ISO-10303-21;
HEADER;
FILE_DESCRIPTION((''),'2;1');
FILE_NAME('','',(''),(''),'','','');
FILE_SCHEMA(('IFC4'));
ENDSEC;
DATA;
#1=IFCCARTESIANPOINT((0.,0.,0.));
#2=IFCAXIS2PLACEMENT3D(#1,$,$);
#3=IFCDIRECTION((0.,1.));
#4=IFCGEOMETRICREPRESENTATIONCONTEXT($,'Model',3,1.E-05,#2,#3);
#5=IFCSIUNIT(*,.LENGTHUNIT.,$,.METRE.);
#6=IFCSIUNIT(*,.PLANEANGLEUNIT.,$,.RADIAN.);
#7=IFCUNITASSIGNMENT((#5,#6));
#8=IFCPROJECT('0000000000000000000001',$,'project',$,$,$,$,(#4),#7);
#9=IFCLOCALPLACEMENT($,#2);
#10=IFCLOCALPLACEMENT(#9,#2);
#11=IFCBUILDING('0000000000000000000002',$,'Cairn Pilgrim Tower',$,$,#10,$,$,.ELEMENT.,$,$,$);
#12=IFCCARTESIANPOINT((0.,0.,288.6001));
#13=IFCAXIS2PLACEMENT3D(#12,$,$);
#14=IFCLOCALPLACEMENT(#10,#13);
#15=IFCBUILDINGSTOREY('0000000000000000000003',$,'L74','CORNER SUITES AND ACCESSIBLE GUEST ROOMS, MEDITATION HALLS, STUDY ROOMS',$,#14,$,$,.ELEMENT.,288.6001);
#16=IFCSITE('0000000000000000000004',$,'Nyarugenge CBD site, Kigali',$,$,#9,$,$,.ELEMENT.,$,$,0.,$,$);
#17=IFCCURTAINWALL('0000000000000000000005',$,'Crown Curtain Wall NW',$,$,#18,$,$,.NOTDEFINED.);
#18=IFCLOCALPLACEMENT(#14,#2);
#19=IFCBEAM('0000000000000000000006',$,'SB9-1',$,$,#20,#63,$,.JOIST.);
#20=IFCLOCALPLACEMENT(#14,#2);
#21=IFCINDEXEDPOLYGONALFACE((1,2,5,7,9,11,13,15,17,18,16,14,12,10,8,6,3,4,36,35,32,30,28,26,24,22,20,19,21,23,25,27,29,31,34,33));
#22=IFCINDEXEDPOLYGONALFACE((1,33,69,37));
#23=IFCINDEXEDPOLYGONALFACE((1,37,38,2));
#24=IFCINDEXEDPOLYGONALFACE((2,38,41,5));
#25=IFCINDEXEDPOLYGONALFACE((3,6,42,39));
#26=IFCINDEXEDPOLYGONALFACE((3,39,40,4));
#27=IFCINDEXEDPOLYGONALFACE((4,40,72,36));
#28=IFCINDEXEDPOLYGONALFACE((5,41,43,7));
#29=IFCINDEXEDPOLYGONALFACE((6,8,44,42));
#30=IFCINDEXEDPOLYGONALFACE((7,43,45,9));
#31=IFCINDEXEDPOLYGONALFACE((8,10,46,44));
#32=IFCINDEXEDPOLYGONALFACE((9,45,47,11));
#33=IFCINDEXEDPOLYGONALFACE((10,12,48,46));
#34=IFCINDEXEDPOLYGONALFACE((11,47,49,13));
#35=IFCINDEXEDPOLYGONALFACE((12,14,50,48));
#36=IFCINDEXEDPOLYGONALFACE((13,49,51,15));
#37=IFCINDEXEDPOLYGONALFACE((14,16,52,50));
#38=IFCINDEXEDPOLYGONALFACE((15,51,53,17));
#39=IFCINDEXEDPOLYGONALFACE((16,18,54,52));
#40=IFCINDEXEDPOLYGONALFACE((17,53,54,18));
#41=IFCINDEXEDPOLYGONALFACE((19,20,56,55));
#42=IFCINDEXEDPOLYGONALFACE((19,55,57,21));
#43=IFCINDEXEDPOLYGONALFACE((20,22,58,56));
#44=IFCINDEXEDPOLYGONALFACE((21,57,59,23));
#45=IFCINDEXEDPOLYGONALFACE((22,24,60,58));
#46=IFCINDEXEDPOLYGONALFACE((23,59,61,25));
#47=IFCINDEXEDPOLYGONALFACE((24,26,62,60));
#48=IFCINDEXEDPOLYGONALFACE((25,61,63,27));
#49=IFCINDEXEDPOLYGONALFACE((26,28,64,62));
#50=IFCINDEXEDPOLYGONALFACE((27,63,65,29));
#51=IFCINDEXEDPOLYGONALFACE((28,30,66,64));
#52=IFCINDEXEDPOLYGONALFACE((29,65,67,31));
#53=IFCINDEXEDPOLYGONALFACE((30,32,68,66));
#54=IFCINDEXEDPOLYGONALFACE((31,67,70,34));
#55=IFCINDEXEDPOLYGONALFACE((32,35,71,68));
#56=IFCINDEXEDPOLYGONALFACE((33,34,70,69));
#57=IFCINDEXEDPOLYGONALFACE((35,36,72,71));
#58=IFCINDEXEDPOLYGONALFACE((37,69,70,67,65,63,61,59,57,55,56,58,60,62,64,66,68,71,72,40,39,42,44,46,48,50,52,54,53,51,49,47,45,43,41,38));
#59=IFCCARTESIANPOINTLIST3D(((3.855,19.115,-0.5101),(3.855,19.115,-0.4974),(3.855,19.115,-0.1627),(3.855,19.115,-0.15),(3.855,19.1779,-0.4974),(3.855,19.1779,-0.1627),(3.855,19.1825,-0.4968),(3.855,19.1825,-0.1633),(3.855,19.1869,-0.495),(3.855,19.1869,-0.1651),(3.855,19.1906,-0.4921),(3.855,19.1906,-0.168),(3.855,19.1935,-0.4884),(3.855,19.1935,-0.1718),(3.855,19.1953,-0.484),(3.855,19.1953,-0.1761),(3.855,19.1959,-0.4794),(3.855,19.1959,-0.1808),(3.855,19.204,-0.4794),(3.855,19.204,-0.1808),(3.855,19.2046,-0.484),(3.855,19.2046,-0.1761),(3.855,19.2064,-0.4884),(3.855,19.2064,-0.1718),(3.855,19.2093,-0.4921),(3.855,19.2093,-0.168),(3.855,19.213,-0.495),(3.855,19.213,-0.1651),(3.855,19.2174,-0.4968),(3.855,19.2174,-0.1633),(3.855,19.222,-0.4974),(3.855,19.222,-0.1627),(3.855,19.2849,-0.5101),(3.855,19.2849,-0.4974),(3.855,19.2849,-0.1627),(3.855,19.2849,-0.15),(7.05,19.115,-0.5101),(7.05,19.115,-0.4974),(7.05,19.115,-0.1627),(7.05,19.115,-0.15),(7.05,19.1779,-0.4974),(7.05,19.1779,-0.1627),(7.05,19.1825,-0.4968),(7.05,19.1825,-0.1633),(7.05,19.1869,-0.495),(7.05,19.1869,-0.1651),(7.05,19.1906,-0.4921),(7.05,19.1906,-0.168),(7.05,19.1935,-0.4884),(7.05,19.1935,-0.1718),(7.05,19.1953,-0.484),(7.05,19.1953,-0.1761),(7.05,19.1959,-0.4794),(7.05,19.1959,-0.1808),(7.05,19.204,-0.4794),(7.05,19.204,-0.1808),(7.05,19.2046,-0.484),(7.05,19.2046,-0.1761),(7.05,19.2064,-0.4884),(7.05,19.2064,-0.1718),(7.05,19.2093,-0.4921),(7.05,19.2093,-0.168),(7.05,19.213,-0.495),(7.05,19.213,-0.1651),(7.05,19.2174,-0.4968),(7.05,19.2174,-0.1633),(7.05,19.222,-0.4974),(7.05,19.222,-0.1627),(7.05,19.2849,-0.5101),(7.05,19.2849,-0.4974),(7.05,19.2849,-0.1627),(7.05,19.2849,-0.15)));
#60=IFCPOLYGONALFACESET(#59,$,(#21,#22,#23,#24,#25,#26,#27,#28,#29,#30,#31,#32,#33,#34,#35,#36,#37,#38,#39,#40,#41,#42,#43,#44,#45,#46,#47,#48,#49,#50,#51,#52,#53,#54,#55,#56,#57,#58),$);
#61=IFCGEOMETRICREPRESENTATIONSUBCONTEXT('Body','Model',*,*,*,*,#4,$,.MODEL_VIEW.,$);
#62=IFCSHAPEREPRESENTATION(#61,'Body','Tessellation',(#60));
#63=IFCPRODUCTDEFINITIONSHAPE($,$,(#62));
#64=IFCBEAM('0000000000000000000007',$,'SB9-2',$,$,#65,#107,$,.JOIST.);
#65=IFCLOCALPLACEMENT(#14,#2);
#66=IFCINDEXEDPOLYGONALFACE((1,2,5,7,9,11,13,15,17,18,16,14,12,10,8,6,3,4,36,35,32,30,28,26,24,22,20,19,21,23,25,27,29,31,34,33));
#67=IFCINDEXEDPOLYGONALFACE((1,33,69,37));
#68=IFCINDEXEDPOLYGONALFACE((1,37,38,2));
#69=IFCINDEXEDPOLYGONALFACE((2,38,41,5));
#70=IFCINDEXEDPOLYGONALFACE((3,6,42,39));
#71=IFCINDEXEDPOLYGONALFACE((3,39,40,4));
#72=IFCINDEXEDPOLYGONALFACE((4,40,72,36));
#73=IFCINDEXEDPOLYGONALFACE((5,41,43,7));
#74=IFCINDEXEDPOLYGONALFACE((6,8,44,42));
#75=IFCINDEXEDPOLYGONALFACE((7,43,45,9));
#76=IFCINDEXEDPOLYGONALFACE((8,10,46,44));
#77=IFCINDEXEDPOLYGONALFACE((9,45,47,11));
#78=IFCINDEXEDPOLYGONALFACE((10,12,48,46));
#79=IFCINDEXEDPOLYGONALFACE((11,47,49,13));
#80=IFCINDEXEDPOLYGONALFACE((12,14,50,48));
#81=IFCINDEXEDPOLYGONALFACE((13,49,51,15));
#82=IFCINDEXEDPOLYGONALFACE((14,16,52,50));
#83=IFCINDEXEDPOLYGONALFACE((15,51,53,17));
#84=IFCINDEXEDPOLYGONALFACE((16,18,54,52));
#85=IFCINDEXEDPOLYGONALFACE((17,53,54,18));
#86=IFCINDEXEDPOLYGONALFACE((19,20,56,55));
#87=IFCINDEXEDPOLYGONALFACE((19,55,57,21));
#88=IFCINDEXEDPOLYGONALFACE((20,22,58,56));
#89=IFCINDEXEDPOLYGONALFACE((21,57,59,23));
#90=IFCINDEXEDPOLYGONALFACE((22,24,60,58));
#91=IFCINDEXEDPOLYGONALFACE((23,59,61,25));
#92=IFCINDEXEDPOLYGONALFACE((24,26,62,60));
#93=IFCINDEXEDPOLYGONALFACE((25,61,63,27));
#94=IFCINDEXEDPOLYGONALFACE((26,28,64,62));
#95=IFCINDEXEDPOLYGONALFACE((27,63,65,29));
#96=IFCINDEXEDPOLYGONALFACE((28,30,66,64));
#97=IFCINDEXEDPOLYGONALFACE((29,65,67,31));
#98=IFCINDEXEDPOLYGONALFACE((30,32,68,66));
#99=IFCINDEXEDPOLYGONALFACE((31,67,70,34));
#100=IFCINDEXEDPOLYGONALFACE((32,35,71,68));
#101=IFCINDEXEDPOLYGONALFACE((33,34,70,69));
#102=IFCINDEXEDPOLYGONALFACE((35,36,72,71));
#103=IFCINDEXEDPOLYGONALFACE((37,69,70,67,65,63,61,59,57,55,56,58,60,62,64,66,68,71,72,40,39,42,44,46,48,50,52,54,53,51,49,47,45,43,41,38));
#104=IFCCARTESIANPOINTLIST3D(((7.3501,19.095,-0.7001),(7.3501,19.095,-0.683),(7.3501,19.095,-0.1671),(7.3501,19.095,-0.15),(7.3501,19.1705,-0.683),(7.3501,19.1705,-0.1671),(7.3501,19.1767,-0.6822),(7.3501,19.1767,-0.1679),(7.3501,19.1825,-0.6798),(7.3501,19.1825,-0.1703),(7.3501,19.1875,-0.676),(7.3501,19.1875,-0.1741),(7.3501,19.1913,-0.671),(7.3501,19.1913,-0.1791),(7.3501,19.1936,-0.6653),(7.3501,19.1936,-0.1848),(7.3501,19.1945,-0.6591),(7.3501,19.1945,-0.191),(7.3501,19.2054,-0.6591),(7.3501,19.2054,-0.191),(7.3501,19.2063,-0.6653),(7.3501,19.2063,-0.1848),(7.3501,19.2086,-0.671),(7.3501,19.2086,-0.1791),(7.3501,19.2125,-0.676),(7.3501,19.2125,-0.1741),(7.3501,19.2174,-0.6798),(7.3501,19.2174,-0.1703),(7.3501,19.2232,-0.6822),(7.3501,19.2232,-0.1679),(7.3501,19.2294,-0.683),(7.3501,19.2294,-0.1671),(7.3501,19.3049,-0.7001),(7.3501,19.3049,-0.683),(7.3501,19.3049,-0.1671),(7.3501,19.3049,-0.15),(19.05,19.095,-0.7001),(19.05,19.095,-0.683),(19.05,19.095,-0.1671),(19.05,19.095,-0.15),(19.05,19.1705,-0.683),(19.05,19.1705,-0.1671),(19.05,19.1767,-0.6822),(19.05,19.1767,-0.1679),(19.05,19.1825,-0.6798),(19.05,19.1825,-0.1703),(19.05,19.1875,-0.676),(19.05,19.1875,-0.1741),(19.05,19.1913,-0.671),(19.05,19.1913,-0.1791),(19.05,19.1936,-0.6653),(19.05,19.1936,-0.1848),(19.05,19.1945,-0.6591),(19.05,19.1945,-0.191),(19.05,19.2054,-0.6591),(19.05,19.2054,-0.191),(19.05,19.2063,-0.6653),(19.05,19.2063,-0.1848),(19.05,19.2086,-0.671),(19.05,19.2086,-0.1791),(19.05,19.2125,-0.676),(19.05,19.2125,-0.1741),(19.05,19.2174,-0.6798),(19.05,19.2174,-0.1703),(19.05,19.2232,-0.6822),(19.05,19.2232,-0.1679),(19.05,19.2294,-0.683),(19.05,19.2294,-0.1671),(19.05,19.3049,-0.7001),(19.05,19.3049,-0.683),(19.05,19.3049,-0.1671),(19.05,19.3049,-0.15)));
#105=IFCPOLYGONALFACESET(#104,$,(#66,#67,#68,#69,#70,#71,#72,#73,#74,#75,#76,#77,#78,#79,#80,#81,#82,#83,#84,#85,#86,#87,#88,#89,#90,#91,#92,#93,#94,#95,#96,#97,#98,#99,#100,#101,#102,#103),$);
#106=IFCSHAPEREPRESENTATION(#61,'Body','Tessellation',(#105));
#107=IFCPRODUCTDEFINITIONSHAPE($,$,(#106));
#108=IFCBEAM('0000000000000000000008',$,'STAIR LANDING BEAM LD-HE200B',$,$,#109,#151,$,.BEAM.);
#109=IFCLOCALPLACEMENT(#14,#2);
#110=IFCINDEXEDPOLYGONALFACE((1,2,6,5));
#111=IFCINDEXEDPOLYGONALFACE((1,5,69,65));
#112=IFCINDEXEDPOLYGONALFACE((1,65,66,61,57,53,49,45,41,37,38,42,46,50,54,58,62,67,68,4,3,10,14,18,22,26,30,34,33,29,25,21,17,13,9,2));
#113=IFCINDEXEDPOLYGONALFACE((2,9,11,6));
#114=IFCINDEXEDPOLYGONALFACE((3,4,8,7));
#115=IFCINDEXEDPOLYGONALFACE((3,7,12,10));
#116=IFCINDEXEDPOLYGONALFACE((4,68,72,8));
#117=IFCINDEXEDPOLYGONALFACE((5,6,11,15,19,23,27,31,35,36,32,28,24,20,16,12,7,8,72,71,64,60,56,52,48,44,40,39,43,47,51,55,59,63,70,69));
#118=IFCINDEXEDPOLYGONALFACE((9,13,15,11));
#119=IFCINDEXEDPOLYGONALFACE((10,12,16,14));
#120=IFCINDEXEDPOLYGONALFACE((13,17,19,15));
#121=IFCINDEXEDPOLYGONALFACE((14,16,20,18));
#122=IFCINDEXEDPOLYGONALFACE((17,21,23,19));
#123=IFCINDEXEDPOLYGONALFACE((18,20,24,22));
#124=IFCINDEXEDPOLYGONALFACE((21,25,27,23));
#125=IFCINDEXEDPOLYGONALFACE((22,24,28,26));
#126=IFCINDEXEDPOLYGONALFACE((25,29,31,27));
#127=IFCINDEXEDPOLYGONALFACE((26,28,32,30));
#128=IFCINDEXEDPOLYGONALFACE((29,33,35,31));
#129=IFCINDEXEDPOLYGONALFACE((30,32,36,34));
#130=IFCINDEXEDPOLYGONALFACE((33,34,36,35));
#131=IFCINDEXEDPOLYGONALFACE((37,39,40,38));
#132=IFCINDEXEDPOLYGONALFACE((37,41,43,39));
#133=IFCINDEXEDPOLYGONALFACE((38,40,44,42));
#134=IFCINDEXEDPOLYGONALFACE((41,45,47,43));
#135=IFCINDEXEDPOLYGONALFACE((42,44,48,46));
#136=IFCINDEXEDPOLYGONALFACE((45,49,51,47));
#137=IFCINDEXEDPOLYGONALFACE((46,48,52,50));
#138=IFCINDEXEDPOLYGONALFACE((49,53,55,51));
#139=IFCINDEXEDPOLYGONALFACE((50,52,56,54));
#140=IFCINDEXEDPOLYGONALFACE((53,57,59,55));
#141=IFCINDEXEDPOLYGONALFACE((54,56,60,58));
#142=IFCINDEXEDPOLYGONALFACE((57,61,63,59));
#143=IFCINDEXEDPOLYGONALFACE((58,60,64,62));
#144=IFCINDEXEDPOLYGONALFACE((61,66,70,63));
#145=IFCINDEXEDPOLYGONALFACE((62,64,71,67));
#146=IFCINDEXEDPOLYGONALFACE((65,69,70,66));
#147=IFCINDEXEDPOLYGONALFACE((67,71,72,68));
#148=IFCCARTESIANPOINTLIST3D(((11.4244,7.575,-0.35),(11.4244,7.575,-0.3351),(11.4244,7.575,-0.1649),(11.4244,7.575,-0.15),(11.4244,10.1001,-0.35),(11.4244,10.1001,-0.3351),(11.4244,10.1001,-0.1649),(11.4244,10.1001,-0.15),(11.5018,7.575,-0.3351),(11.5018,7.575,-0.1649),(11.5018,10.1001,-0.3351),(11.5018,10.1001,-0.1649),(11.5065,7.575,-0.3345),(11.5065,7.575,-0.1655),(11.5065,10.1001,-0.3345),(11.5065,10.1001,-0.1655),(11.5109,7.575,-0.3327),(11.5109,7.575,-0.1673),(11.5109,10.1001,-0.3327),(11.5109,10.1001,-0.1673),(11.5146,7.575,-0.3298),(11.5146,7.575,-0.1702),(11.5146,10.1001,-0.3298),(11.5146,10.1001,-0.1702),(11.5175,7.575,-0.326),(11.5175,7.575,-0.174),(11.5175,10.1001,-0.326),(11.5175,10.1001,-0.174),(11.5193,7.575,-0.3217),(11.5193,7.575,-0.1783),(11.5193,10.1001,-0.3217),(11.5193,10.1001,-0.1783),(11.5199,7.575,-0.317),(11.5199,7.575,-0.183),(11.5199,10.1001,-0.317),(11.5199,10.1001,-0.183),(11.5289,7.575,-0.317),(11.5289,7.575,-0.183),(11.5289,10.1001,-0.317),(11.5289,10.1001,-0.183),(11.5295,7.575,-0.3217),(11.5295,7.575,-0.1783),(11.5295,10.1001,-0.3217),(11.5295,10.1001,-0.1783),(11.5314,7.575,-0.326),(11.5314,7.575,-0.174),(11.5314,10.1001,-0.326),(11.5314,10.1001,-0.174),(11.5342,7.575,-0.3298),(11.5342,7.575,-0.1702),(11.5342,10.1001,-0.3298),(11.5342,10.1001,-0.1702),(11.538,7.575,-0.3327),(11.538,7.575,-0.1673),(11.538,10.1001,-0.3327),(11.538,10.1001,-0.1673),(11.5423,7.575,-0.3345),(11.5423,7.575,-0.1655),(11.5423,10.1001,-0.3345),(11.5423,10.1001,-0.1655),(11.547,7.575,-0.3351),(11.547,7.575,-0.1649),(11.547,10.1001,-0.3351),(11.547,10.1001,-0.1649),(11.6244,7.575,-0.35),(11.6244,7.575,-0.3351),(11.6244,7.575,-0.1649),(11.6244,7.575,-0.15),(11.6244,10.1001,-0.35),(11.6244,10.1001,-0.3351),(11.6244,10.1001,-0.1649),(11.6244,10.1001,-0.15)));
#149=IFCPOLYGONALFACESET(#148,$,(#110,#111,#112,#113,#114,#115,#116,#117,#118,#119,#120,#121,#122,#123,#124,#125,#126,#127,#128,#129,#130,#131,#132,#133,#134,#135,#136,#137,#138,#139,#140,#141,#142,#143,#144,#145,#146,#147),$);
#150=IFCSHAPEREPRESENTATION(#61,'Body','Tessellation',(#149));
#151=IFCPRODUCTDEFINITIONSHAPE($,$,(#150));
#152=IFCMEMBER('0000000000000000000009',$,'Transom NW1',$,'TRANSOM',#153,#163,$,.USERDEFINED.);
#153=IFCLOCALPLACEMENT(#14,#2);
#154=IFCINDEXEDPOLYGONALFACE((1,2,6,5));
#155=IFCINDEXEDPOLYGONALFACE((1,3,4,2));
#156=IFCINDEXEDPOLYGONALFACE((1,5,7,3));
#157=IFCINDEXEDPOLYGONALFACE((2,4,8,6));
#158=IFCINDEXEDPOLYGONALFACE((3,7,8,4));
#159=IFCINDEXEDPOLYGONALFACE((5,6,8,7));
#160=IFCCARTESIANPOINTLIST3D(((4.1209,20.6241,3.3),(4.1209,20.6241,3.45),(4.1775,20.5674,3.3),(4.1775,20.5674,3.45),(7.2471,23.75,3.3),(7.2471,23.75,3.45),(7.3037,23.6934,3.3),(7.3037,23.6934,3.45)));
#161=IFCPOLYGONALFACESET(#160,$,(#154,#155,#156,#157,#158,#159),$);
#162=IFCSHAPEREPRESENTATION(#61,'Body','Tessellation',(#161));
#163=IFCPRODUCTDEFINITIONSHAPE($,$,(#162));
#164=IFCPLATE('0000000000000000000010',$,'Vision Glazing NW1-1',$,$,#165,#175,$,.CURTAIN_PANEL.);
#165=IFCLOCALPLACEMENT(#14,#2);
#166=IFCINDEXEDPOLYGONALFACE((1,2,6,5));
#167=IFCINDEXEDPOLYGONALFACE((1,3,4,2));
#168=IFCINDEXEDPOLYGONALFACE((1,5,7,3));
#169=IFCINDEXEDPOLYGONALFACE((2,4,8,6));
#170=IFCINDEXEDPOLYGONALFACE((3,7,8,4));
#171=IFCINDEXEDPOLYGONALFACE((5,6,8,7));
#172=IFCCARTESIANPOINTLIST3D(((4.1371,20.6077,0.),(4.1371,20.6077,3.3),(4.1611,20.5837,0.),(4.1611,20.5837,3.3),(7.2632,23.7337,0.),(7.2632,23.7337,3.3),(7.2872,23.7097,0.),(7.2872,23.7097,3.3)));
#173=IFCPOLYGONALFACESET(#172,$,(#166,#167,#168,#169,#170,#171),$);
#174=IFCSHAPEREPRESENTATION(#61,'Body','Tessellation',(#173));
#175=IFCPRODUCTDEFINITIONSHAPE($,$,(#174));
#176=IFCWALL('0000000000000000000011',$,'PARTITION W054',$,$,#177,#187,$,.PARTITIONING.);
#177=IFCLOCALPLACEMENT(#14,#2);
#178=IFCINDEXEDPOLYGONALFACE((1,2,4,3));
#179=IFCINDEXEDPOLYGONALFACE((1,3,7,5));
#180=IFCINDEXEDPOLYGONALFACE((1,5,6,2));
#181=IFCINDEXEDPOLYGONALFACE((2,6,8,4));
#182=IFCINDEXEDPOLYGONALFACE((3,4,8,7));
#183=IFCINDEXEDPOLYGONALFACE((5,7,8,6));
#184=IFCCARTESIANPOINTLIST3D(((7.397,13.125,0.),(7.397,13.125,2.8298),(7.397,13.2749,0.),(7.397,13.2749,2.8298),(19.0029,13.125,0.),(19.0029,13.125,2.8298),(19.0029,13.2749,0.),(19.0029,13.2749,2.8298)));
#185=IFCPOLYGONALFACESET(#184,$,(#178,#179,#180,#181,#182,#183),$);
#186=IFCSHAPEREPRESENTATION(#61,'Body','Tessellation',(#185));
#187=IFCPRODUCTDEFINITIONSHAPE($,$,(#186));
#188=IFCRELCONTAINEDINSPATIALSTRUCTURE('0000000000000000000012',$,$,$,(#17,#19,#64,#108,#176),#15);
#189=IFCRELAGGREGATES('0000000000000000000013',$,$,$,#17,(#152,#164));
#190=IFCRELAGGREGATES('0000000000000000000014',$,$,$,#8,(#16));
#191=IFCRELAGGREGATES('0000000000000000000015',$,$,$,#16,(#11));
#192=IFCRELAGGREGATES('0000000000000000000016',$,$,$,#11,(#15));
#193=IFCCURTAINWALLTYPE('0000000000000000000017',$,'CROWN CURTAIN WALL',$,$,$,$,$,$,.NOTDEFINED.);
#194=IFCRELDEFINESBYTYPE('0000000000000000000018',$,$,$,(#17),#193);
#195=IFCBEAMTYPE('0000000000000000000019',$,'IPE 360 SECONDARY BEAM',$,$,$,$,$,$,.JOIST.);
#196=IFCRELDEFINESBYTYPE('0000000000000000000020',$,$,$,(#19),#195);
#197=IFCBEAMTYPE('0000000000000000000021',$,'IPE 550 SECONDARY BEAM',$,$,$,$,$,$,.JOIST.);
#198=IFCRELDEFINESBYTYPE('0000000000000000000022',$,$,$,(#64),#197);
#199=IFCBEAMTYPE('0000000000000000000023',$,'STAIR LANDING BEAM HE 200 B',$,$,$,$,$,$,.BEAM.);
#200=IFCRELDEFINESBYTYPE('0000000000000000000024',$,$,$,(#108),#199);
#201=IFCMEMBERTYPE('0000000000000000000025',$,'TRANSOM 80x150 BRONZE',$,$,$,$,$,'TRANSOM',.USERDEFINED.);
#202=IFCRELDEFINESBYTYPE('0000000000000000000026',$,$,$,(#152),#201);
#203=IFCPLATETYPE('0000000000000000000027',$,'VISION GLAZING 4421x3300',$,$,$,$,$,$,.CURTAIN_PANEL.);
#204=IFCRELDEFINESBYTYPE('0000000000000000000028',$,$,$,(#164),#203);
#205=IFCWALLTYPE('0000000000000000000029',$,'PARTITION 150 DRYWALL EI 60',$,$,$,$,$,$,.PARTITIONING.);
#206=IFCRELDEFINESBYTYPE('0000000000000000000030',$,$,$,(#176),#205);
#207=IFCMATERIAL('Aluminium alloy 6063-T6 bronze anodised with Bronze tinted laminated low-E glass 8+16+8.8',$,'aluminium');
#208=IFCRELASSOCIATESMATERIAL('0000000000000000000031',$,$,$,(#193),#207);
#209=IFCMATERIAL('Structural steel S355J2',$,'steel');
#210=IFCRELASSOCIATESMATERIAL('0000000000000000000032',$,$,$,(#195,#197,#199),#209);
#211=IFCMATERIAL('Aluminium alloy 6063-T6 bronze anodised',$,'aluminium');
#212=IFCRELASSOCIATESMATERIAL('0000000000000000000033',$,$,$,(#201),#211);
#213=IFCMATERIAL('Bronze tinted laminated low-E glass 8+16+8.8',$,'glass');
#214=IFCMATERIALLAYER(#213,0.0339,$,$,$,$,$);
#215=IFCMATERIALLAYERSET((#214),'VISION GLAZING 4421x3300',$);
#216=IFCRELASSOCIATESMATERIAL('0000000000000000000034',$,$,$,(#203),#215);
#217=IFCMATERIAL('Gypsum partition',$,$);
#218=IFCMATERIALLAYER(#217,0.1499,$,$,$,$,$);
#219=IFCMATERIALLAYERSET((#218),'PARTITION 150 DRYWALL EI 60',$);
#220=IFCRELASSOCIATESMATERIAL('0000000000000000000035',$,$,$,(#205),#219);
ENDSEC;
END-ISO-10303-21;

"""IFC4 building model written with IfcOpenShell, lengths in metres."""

from ifc_helpers import new_model, si_unit, direction, frame, frame_2d, origin, origin_2d, place, context, subcontext, project, spatial, rectangle, i_section, extrude, material, layer, layer_set, material_profile, profile_set, type_object, element, aggregate, save


model = new_model("IFC4")

# Units and contexts
model_context = context("Model", 3, precision=1e-05, world=origin(), true_north=direction((0.0, 1.0)))
body_context = subcontext(model_context, "Body", "Model", "MODEL_VIEW")
ifc_project = project(units=[si_unit("LENGTHUNIT", "METRE"), si_unit("PLANEANGLEUNIT", "RADIAN")], contexts=[model_context])

# Site, building, storey
site_placement = place(None, origin())
site = spatial("IfcSite", under=ifc_project, at=site_placement, Name="Nyarugenge CBD site, Kigali", CompositionType="ELEMENT", RefElevation=0.0)
building_placement = place(site_placement, origin())
building = spatial("IfcBuilding", under=site, at=building_placement, Name="Cairn Pilgrim Tower", CompositionType="ELEMENT")
storey_placement = place(building_placement, frame((0.0, 0.0, 288.6001)))
storey = spatial("IfcBuildingStorey", under=building, at=storey_placement, Name="L74", Description="CORNER SUITES AND ACCESSIBLE GUEST ROOMS, MEDITATION HALLS, STUDY ROOMS", CompositionType="ELEMENT", Elevation=288.6001)

# Shared definitions
ifc_material_1 = material(Name="Structural steel S355J2", Category="steel")

# Curtain wall
ifc_material_2 = material(Name="Aluminium alloy 6063-T6 bronze anodised with Bronze tinted laminated low-E glass 8+16+8.8", Category="aluminium")
curtain_wall_type = type_object("IfcCurtainWallType", Name="CROWN CURTAIN WALL", PredefinedType="NOTDEFINED", material=ifc_material_2)
curtain_wall_placement = place(storey_placement, origin())
curtain_wall = element("IfcCurtainWall", 1, at=curtain_wall_placement, inside=storey, type_object=curtain_wall_type, Name="Crown Curtain Wall NW", PredefinedType="NOTDEFINED")
ifc_material_3 = material(Name="Aluminium alloy 6063-T6 bronze anodised", Category="aluminium")

# Beams
ifc_material_profile_1 = material_profile(ifc_material_1, i_section(OverallWidth=0.1699, OverallDepth=0.3601, WebThickness=0.0081, FlangeThickness=0.0127, FilletRadius=0.0181, at=origin_2d()), Name="IPE 360")
ifc_profile_set_1 = profile_set([ifc_material_profile_1], Name="Structural steel S355J2")
beam_type_1 = type_object("IfcBeamType", Name="IPE 360 SECONDARY BEAM", PredefinedType="JOIST", material=ifc_profile_set_1)
beam_1_placement = place(storey_placement, frame((3.855, 19.2, -0.3301), z_axis=(1.0, 0.0, 0.0), x_axis=(0.0, 1.0, 0.0)))
element("IfcBeam", 2, at=beam_1_placement, inside=storey, type_object=beam_type_1, Name="SB9-1", PredefinedType="JOIST", context=body_context, shape_type="SweptSolid", body=[
    extrude(i_section(OverallWidth=0.1699, OverallDepth=0.3601, WebThickness=0.0081, FlangeThickness=0.0127, FilletRadius=0.0181, at=origin_2d()), origin(), (0.0, 0.0, 1.0), 3.1951),
])
ifc_material_profile_2 = material_profile(ifc_material_1, i_section(OverallWidth=0.21, OverallDepth=0.55, WebThickness=0.011, FlangeThickness=0.0171, FilletRadius=0.0239, at=origin_2d()), Name="IPE 550")
ifc_profile_set_2 = profile_set([ifc_material_profile_2], Name="Structural steel S355J2")
beam_type_2 = type_object("IfcBeamType", Name="IPE 550 SECONDARY BEAM", PredefinedType="JOIST", material=ifc_profile_set_2)
beam_2_placement = place(storey_placement, frame((7.3501, 19.2, -0.425), z_axis=(1.0, 0.0, 0.0), x_axis=(0.0, 1.0, 0.0)))
element("IfcBeam", 3, at=beam_2_placement, inside=storey, type_object=beam_type_2, Name="SB9-2", PredefinedType="JOIST", context=body_context, shape_type="SweptSolid", body=[
    extrude(i_section(OverallWidth=0.21, OverallDepth=0.55, WebThickness=0.011, FlangeThickness=0.0171, FilletRadius=0.0239, at=origin_2d()), origin(), (0.0, 0.0, 1.0), 11.7),
])
ifc_material_profile_3 = material_profile(ifc_material_1, i_section(OverallWidth=0.2, OverallDepth=0.2, WebThickness=0.009, FlangeThickness=0.0149, FilletRadius=0.0181, at=origin_2d()), Name="HE 200 B")
ifc_profile_set_3 = profile_set([ifc_material_profile_3], Name="Structural steel S355J2")
beam_type_3 = type_object("IfcBeamType", Name="STAIR LANDING BEAM HE 200 B", PredefinedType="BEAM", material=ifc_profile_set_3)
beam_3_placement = place(storey_placement, frame((11.5244, 10.1001, -0.25), z_axis=(0.0, -1.0, 0.0), x_axis=(1.0, 0.0, 0.0)))
element("IfcBeam", 4, at=beam_3_placement, inside=storey, type_object=beam_type_3, Name="STAIR LANDING BEAM LD-HE200B", PredefinedType="BEAM", context=body_context, shape_type="SweptSolid", body=[
    extrude(i_section(OverallWidth=0.2, OverallDepth=0.2, WebThickness=0.009, FlangeThickness=0.0149, FilletRadius=0.0181, at=origin_2d()), origin(), (0.0, 0.0, 1.0), 2.5251),
])

# Member
ifc_material_profile_4 = material_profile(ifc_material_3, rectangle(XDim=0.0801, YDim=0.1499, at=origin_2d()), Name="TRANSOM 80x150 BRONZE")
ifc_profile_set_4 = profile_set([ifc_material_profile_4], Name="Aluminium alloy 6063-T6 bronze anodised")
member_type_1 = type_object("IfcMemberType", Name="TRANSOM 80x150 BRONZE", ElementType="TRANSOM", PredefinedType="USERDEFINED", material=ifc_profile_set_4)
member_1_placement = place(storey_placement, frame((7.2754, 23.7217, 3.375), z_axis=(-0.707134, -0.707079, 0.0), x_axis=(0.707079, -0.707134, 0.0)))
member_1 = element("IfcMember", 5, at=member_1_placement, type_object=member_type_1, Name="Transom NW1", ObjectType="TRANSOM", PredefinedType="USERDEFINED", context=body_context, shape_type="SweptSolid", body=[
    extrude(rectangle(XDim=0.0801, YDim=0.1499, at=origin_2d()), origin(), (0.0, 0.0, 1.0), 4.4209),
])

# Plate
ifc_material_4 = material(Name="Bronze tinted laminated low-E glass 8+16+8.8", Category="glass")
ifc_layer_1 = layer(ifc_material_4, 0.0339)
ifc_layer_set_1 = layer_set([ifc_layer_1], Name="VISION GLAZING 4421x3300")
plate_type = type_object("IfcPlateType", Name="VISION GLAZING 4421x3300", PredefinedType="CURTAIN_PANEL", material=ifc_layer_set_1)
plate_placement = place(storey_placement, frame((5.7122, 22.1587, 0.0), z_axis=(0.0, 0.0, 1.0), x_axis=(-0.707107, -0.707107, 0.0)))
plate = element("IfcPlate", 6, at=plate_placement, type_object=plate_type, Name="Vision Glazing NW1-1", PredefinedType="CURTAIN_PANEL", context=body_context, shape_type="SweptSolid", body=[
    extrude(rectangle(XDim=4.4209, YDim=0.0339, at=origin_2d()), origin(), (0.0, 0.0, 1.0), 3.3),
])
aggregate(curtain_wall, [member_1, plate])

# Wall
ifc_material_5 = material(Name="Gypsum partition")
ifc_layer_2 = layer(ifc_material_5, 0.1499)
ifc_layer_set_2 = layer_set([ifc_layer_2], Name="PARTITION 150 DRYWALL EI 60")
wall_type_1 = type_object("IfcWallType", Name="PARTITION 150 DRYWALL EI 60", PredefinedType="PARTITIONING", material=ifc_layer_set_2)
wall_1_placement = place(storey_placement, frame((7.397, 13.2, 0.0), z_axis=(0.0, 0.0, 1.0), x_axis=(1.0, 0.0, 0.0)))
element("IfcWall", 7, at=wall_1_placement, inside=storey, type_object=wall_type_1, Name="PARTITION W054", PredefinedType="PARTITIONING", context=body_context, shape_type="SweptSolid", body=[
    extrude(rectangle(XDim=11.606, YDim=0.1499, at=frame_2d((5.803, 0.0))), origin(), (0.0, 0.0, 1.0), 2.8298),
])

save(model, "model.ifc")
